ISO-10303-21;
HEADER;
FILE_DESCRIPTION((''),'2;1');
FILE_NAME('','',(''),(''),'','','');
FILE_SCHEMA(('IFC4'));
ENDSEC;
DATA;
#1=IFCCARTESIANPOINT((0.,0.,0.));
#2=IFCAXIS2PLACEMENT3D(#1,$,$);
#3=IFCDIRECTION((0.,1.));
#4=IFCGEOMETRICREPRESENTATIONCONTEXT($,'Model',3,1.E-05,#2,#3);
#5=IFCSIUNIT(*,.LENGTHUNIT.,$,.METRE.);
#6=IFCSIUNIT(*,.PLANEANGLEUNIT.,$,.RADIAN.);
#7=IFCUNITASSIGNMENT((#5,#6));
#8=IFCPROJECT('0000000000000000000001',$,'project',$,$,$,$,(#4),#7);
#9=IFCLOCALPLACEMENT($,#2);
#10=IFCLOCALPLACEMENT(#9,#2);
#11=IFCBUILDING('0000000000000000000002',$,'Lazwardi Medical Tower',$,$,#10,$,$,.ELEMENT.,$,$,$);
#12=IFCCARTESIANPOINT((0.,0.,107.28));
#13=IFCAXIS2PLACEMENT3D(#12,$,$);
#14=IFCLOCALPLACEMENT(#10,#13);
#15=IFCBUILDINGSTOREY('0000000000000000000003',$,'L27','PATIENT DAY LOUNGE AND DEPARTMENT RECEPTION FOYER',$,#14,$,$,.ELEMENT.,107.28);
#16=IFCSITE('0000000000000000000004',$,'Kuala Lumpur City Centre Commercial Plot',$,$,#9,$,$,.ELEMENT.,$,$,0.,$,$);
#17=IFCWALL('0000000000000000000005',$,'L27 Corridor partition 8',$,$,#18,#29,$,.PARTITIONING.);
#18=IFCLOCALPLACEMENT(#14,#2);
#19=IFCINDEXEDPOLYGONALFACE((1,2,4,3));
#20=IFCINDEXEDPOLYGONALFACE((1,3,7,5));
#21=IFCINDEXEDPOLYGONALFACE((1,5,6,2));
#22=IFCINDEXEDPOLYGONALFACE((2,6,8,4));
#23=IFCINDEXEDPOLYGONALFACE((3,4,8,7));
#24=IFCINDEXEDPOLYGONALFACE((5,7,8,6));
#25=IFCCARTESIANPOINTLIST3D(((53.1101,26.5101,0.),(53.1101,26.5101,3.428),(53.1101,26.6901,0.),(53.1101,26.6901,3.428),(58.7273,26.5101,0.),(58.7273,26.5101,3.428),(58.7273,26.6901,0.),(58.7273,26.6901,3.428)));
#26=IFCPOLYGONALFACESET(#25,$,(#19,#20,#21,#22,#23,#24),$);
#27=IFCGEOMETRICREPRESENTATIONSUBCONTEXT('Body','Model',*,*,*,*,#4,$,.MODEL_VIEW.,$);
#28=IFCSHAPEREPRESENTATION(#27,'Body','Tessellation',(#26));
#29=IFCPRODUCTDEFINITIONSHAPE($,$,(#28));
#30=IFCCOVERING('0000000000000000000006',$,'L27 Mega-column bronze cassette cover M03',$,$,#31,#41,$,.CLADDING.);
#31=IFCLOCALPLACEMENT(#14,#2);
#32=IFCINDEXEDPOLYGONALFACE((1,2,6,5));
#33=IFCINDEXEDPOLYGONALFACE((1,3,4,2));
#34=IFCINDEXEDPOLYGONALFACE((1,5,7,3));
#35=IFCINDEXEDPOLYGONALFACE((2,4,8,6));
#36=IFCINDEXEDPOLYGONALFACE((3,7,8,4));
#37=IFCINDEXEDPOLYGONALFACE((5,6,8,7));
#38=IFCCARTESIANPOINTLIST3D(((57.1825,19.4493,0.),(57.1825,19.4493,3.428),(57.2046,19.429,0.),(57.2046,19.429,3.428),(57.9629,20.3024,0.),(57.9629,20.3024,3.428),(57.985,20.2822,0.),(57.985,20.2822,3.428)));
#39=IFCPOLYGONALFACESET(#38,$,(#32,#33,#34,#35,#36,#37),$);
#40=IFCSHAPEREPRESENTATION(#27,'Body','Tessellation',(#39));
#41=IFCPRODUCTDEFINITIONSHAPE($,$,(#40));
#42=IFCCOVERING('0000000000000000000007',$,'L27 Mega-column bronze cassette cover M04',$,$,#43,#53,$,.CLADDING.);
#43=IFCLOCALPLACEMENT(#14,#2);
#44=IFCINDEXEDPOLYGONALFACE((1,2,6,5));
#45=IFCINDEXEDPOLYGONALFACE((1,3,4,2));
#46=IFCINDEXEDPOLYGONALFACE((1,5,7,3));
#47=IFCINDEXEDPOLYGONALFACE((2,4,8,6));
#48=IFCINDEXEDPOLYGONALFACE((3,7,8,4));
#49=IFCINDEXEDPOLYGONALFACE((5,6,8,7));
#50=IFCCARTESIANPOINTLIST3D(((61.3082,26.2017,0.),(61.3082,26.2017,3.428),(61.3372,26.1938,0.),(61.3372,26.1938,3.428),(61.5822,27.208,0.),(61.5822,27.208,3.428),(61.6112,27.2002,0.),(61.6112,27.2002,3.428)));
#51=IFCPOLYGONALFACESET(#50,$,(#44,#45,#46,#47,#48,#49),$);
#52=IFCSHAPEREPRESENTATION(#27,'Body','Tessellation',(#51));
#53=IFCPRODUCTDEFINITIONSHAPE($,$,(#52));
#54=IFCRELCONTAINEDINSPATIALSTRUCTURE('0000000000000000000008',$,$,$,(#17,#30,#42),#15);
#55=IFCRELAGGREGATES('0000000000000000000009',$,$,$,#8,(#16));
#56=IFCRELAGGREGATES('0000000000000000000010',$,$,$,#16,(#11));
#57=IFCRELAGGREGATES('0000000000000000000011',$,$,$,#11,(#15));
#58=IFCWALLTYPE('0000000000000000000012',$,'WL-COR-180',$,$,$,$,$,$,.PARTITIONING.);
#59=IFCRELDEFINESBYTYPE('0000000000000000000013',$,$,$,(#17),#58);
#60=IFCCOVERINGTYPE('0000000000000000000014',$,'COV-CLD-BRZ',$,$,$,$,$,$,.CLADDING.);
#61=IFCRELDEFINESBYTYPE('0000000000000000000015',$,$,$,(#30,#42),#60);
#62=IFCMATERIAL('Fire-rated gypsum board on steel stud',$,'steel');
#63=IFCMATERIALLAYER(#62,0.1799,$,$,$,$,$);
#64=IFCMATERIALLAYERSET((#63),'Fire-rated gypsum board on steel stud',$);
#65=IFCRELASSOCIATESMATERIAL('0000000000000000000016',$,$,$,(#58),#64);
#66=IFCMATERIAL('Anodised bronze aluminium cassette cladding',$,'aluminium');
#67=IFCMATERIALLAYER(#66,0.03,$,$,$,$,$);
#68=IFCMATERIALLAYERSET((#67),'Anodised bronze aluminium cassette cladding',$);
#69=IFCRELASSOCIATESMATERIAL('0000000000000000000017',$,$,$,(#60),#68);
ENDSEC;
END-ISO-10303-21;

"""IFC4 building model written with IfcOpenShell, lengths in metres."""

from ifc_helpers import new_model, si_unit, direction, frame, frame_2d, origin, origin_2d, place, context, subcontext, project, spatial, rectangle, extrude, material, layer, layer_set, type_object, element, save


model = new_model("IFC4")

# Units and contexts
model_context = context("Model", 3, precision=1e-05, world=origin(), true_north=direction((0.0, 1.0)))
body_context = subcontext(model_context, "Body", "Model", "MODEL_VIEW")
ifc_project = project(units=[si_unit("LENGTHUNIT", "METRE"), si_unit("PLANEANGLEUNIT", "RADIAN")], contexts=[model_context])

# Site, building, storey
site_placement = place(None, origin())
site = spatial("IfcSite", under=ifc_project, at=site_placement, Name="Kuala Lumpur City Centre Commercial Plot", CompositionType="ELEMENT", RefElevation=0.0)
building_placement = place(site_placement, origin())
building = spatial("IfcBuilding", under=site, at=building_placement, Name="Lazwardi Medical Tower", CompositionType="ELEMENT")
storey_placement = place(building_placement, frame((0.0, 0.0, 107.28)))
storey = spatial("IfcBuildingStorey", under=building, at=storey_placement, Name="L27", Description="PATIENT DAY LOUNGE AND DEPARTMENT RECEPTION FOYER", CompositionType="ELEMENT", Elevation=107.28)

# Wall
ifc_material_1 = material(Name="Fire-rated gypsum board on steel stud", Category="steel")
ifc_layer_1 = layer(ifc_material_1, 0.1799)
ifc_layer_set_1 = layer_set([ifc_layer_1], Name="Fire-rated gypsum board on steel stud")
wall_type = type_object("IfcWallType", Name="WL-COR-180", PredefinedType="PARTITIONING", material=ifc_layer_set_1)
wall_placement = place(storey_placement, frame((58.7273, 26.6001, 0.0), z_axis=(0.0, 0.0, 1.0), x_axis=(-1.0, 0.0, 0.0)))
element("IfcWall", 1, at=wall_placement, inside=storey, type_object=wall_type, Name="L27 Corridor partition 8", PredefinedType="PARTITIONING", context=body_context, shape_type="SweptSolid", body=[
    extrude(rectangle(XDim=5.6172, YDim=0.1799, at=frame_2d((2.8086, 0.0))), origin(), (0.0, 0.0, 1.0), 3.428),
])

# Coverings
ifc_material_2 = material(Name="Anodised bronze aluminium cassette cladding", Category="aluminium")
ifc_layer_2 = layer(ifc_material_2, 0.03)
ifc_layer_set_2 = layer_set([ifc_layer_2], Name="Anodised bronze aluminium cassette cladding")
covering_type = type_object("IfcCoveringType", Name="COV-CLD-BRZ", PredefinedType="CLADDING", material=ifc_layer_set_2)
covering_1_placement = place(storey_placement, frame((57.5837, 19.8657, 0.0), z_axis=(0.0, 0.0, 1.0), x_axis=(0.674926, 0.737885, 0.0)))
element("IfcCovering", 2, at=covering_1_placement, inside=storey, type_object=covering_type, Name="L27 Mega-column bronze cassette cover M03", PredefinedType="CLADDING", context=body_context, shape_type="SweptSolid", body=[
    extrude(rectangle(XDim=1.1562, YDim=0.03, at=origin_2d()), origin(), (0.0, 0.0, 1.0), 3.428),
])
covering_2_placement = place(storey_placement, frame((61.4597, 26.7009, 0.0), z_axis=(0.0, 0.0, 1.0), x_axis=(0.262696, 0.964879, 0.0)))
element("IfcCovering", 3, at=covering_2_placement, inside=storey, type_object=covering_type, Name="L27 Mega-column bronze cassette cover M04", PredefinedType="CLADDING", context=body_context, shape_type="SweptSolid", body=[
    extrude(rectangle(XDim=1.043, YDim=0.03, at=origin_2d()), origin(), (0.0, 0.0, 1.0), 3.428),
])

save(model, "model.ifc")
